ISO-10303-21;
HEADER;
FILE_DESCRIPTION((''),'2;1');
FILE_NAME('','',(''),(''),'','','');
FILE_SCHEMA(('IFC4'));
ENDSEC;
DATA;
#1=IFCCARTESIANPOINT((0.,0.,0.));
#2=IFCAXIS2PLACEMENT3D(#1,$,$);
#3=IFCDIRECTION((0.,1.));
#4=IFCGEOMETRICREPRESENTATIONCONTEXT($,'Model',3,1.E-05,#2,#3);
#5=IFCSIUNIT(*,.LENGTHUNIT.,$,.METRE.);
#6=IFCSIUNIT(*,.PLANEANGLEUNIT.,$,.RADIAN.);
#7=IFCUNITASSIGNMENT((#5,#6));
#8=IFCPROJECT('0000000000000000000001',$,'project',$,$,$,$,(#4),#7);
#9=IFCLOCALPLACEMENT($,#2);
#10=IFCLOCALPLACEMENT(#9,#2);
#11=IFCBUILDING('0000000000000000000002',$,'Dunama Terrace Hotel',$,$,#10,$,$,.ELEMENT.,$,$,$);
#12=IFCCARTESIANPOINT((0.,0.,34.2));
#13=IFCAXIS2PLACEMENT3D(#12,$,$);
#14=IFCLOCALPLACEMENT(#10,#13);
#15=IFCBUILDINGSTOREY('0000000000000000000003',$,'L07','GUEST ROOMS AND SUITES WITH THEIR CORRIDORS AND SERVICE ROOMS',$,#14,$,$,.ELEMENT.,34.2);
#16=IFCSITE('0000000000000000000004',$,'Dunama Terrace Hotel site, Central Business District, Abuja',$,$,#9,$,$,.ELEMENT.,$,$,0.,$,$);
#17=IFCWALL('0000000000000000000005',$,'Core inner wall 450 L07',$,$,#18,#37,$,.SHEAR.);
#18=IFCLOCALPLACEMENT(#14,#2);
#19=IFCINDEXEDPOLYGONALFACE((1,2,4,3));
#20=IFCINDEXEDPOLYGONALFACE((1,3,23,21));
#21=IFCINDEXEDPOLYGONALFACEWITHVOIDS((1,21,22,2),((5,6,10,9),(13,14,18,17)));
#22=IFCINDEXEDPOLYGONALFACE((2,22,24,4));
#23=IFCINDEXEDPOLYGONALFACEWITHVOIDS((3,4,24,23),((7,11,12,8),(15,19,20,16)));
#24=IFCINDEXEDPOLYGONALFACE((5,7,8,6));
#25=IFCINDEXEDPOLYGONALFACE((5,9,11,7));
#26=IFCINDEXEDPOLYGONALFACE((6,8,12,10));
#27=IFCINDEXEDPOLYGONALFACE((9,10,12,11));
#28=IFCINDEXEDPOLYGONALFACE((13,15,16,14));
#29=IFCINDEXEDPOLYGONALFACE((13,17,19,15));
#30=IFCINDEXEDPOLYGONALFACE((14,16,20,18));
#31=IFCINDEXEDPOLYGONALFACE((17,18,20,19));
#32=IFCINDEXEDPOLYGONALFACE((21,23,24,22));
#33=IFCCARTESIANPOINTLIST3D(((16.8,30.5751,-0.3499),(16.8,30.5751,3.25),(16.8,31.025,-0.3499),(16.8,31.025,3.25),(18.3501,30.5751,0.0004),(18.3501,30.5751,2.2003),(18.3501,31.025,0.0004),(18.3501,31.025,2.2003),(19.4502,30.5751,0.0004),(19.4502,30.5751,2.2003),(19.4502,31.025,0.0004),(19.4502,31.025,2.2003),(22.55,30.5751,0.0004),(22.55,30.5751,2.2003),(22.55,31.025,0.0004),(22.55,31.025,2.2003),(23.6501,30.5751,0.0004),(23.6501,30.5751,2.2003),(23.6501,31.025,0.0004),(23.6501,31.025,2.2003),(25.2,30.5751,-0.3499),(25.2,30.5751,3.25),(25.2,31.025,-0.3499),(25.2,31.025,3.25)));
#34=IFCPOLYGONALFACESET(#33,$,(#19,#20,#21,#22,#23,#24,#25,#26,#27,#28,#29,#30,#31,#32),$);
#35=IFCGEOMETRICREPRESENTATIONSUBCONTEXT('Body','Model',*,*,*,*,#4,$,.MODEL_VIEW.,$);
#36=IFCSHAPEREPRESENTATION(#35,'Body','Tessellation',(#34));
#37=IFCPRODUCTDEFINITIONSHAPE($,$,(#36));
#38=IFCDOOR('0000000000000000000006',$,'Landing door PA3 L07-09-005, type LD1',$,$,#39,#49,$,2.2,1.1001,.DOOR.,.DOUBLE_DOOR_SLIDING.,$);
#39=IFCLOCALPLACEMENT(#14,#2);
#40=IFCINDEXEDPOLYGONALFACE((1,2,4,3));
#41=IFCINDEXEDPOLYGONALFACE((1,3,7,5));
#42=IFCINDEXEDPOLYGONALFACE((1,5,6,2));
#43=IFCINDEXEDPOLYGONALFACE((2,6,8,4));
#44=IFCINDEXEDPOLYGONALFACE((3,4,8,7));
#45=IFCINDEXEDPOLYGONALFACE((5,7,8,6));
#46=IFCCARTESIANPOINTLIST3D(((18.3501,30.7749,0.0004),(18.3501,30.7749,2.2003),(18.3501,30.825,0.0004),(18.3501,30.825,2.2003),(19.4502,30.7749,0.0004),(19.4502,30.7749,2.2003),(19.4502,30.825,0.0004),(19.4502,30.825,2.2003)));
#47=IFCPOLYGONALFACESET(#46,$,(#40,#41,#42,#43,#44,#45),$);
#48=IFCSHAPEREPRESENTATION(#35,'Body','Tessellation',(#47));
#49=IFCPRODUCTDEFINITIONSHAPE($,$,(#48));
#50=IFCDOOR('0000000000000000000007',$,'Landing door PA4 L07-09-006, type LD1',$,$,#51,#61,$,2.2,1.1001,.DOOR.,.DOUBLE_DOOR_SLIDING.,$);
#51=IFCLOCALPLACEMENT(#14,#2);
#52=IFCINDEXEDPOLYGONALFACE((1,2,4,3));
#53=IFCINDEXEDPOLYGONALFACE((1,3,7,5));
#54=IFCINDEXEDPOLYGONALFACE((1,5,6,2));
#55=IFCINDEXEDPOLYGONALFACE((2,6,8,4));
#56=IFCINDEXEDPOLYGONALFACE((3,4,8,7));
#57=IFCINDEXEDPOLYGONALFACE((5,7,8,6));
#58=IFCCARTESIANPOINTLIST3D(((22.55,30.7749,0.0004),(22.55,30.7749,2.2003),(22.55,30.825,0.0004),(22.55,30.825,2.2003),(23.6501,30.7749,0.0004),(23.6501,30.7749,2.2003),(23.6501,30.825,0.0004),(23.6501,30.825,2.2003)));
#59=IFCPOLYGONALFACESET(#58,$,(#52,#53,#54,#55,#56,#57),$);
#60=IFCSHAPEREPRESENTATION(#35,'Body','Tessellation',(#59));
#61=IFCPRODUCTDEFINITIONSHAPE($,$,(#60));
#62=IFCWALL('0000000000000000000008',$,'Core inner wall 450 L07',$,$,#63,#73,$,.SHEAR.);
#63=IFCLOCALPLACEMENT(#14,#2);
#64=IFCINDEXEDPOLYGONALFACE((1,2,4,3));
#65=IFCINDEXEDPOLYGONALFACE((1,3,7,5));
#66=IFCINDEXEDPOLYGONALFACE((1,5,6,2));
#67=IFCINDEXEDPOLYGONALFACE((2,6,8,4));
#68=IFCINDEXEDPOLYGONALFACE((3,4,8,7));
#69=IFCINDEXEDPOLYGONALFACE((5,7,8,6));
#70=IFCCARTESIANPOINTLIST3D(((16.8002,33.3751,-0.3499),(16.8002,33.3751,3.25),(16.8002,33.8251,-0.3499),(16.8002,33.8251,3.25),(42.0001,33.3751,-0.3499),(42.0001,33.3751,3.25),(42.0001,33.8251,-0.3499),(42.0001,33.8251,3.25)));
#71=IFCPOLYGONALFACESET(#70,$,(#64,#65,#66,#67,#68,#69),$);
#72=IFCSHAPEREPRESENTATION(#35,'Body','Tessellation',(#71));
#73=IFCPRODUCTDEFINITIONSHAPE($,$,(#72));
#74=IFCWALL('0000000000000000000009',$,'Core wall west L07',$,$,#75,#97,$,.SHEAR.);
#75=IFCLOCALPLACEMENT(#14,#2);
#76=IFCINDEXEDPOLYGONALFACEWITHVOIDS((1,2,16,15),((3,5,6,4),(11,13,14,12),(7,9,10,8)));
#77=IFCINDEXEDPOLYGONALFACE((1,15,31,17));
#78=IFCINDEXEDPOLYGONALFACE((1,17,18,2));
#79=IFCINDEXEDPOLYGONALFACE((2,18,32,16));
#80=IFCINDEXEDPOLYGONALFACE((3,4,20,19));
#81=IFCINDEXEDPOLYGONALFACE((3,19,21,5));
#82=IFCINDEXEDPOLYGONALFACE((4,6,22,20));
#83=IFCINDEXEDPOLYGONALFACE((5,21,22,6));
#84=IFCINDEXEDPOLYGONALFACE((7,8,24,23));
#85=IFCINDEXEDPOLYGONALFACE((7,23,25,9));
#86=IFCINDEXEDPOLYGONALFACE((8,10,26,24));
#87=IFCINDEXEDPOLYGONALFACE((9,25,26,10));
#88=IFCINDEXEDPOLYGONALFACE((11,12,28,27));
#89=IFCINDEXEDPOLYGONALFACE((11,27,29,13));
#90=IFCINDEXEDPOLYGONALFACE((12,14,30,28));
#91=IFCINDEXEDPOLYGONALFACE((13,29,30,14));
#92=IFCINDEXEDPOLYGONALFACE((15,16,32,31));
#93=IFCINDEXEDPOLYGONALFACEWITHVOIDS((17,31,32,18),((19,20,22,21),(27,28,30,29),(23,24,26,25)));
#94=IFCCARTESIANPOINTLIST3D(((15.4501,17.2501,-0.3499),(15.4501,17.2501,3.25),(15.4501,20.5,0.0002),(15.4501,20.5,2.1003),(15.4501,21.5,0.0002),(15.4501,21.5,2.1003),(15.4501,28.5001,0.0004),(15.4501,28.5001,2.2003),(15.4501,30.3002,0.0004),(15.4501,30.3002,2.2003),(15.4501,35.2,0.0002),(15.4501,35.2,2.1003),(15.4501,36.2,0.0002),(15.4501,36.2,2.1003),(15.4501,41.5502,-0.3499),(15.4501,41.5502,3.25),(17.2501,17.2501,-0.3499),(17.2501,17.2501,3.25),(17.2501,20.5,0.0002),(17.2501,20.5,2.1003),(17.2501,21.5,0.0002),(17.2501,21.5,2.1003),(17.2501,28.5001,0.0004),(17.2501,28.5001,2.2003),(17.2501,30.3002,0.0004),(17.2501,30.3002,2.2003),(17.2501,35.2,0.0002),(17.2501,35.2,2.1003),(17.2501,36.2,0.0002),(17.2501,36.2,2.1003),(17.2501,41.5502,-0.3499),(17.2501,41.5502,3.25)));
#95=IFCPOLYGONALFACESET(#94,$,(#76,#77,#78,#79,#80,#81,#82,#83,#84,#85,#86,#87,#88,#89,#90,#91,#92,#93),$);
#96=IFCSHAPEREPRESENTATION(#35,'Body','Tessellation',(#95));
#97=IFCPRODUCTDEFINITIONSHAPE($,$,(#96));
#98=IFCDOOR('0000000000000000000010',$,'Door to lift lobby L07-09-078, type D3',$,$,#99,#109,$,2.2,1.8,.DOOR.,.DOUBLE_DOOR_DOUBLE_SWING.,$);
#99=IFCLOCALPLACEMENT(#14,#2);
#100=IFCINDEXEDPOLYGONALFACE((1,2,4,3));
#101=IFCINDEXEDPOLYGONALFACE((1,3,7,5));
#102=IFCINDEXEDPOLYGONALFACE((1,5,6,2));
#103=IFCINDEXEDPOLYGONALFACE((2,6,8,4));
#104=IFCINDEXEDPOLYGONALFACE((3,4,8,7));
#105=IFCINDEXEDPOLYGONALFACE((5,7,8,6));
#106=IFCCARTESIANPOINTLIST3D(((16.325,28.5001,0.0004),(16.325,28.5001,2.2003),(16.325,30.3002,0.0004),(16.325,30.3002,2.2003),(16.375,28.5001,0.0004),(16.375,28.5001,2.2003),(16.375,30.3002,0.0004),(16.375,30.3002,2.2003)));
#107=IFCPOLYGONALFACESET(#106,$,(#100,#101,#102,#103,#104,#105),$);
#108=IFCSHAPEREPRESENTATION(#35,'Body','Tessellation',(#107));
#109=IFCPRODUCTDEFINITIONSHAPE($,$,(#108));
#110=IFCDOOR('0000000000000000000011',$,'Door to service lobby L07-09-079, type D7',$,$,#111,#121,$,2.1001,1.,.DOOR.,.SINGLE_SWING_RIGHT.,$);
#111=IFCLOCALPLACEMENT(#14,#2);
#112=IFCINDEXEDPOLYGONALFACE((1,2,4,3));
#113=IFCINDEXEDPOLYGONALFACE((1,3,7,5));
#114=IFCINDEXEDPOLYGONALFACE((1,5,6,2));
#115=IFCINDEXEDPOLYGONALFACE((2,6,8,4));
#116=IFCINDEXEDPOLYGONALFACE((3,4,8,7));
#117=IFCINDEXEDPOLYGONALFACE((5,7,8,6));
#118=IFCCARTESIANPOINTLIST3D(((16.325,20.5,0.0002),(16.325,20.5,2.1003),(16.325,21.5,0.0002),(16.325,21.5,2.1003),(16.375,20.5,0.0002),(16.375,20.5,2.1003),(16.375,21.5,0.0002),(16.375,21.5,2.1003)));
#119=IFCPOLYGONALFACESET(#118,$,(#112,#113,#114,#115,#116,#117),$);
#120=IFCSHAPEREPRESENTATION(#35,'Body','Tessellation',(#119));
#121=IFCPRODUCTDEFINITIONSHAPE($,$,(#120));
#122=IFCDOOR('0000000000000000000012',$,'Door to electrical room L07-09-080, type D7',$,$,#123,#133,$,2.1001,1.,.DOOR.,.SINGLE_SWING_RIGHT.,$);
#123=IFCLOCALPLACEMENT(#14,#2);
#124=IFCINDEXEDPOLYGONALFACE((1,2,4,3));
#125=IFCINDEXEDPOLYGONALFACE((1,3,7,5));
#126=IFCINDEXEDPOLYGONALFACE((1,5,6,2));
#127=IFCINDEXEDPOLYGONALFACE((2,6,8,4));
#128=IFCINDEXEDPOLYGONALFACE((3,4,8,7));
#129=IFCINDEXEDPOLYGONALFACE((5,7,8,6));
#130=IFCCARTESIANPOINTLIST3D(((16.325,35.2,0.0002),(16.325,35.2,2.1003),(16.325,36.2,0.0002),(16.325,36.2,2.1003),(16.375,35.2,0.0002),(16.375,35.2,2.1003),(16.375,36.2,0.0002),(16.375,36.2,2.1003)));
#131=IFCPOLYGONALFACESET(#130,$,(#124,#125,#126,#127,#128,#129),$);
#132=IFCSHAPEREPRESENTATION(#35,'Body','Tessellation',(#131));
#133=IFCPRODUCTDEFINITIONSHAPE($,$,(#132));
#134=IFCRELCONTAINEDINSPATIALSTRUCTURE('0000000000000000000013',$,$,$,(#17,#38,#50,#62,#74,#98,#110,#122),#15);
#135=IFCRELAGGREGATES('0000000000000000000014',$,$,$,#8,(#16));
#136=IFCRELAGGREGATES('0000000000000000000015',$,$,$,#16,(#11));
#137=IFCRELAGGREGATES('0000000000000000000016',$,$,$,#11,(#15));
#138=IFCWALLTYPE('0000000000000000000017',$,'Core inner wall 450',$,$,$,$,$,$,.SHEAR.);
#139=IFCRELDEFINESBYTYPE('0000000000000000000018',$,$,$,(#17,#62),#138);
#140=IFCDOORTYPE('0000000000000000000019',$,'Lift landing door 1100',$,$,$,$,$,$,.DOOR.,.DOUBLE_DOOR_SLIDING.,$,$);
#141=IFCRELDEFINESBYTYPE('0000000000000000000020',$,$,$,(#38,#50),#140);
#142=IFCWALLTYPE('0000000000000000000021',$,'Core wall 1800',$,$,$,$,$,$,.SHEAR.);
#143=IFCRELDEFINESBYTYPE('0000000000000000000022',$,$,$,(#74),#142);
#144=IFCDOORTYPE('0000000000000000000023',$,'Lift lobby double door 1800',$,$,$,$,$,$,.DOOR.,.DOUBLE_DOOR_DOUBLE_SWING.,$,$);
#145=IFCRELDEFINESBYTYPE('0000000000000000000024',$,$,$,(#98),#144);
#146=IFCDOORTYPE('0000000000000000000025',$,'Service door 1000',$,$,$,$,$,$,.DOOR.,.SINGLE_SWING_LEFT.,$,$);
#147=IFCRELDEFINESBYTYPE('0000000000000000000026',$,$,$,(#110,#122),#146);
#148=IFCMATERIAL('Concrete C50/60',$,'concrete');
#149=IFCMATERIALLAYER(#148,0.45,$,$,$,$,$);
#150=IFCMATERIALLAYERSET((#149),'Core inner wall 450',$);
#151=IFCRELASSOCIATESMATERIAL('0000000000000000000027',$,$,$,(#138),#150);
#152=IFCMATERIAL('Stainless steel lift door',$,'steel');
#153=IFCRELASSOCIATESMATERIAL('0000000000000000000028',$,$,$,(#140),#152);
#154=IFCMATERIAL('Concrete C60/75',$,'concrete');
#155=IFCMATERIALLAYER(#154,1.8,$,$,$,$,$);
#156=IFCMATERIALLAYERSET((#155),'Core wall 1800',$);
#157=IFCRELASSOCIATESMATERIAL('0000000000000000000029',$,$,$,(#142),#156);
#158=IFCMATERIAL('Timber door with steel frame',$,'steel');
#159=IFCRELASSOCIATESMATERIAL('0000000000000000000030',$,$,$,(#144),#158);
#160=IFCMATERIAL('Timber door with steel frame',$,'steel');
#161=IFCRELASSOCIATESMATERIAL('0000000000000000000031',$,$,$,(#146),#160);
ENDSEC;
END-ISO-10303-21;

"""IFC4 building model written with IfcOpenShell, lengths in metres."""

from ifc_helpers import new_model, si_unit, direction, frame, frame_2d, origin, place, context, subcontext, project, spatial, rectangle, extrude, material, layer, layer_set, type_object, element, fill, save


model = new_model("IFC4")

# Units and contexts
model_context = context("Model", 3, precision=1e-05, world=origin(), true_north=direction((0.0, 1.0)))
body_context = subcontext(model_context, "Body", "Model", "MODEL_VIEW")
ifc_project = project(units=[si_unit("LENGTHUNIT", "METRE"), si_unit("PLANEANGLEUNIT", "RADIAN")], contexts=[model_context])

# Site, building, storey
site_placement = place(None, origin())
site = spatial("IfcSite", under=ifc_project, at=site_placement, Name="Dunama Terrace Hotel site, Central Business District, Abuja", CompositionType="ELEMENT", RefElevation=0.0)
building_placement = place(site_placement, origin())
building = spatial("IfcBuilding", under=site, at=building_placement, Name="Dunama Terrace Hotel", CompositionType="ELEMENT")
storey_placement = place(building_placement, frame((0.0, 0.0, 34.2)))
storey = spatial("IfcBuildingStorey", under=building, at=storey_placement, Name="L07", Description="GUEST ROOMS AND SUITES WITH THEIR CORRIDORS AND SERVICE ROOMS", CompositionType="ELEMENT", Elevation=34.2)

# Wall, openings, doors
ifc_material_1 = material(Name="Concrete C50/60", Category="concrete")
ifc_layer_1 = layer(ifc_material_1, 0.45)
ifc_layer_set_1 = layer_set([ifc_layer_1], Name="Core inner wall 450")
wall_type_1 = type_object("IfcWallType", Name="Core inner wall 450", PredefinedType="SHEAR", material=ifc_layer_set_1)
ifc_material_2 = material(Name="Stainless steel lift door", Category="steel")
door_type_1 = type_object("IfcDoorType", Name="Lift landing door 1100", OperationType="DOUBLE_DOOR_SLIDING", PredefinedType="DOOR", material=ifc_material_2)
wall_1_placement = place(storey_placement, frame((16.8, 30.8, -0.3499), z_axis=(0.0, 0.0, 1.0), x_axis=(1.0, 0.0, 0.0)))
wall_1 = element("IfcWall", 1, at=wall_1_placement, inside=storey, type_object=wall_type_1, Name="Core inner wall 450 L07", PredefinedType="SHEAR", context=body_context, shape_type="SweptSolid", body=[
    extrude(rectangle(XDim=8.3999, YDim=0.45, at=frame_2d((4.2, 0.0))), origin(), (0.0, 0.0, 1.0), 3.5999),
])
opening_1_placement = place(wall_1_placement, frame((1.55, 0.0, 0.3501)))
opening_1 = element("IfcOpeningElement", 2, at=opening_1_placement, cuts=wall_1, PredefinedType="OPENING", context=body_context, shape_type="SweptSolid", body=[
    extrude(rectangle(XDim=1.1001, YDim=2.2, at=frame_2d((0.55, 1.1001))), frame((0.0, 0.2349, 0.0), z_axis=(0.0, -1.0, 0.0), x_axis=(1.0, 0.0, 0.0)), (0.0, 0.0, 1.0), 0.47),
])
opening_2_placement = place(wall_1_placement, frame((5.75, 0.0, 0.3501)))
opening_2 = element("IfcOpeningElement", 3, at=opening_2_placement, cuts=wall_1, PredefinedType="OPENING", context=body_context, shape_type="SweptSolid", body=[
    extrude(rectangle(XDim=1.1001, YDim=2.2, at=frame_2d((0.55, 1.1001))), frame((0.0, 0.2349, 0.0), z_axis=(0.0, -1.0, 0.0), x_axis=(1.0, 0.0, 0.0)), (0.0, 0.0, 1.0), 0.47),
])
door_1_placement = place(opening_1_placement, origin())
door_1 = element("IfcDoor", 4, at=door_1_placement, inside=storey, type_object=door_type_1, Name="Landing door PA3 L07-09-005, type LD1", OperationType="DOUBLE_DOOR_SLIDING", OverallHeight=2.2, OverallWidth=1.1001, PredefinedType="DOOR", context=body_context, shape_type="SweptSolid", body=[
    extrude(rectangle(XDim=1.1001, YDim=2.2, at=frame_2d((0.55, 1.1001))), frame((0.0, 0.0249, 0.0), z_axis=(0.0, -1.0, 0.0), x_axis=(1.0, 0.0, 0.0)), (0.0, 0.0, 1.0), 0.05),
])
fill(opening_1, door_1)
door_2_placement = place(opening_2_placement, origin())
door_2 = element("IfcDoor", 5, at=door_2_placement, inside=storey, type_object=door_type_1, Name="Landing door PA4 L07-09-006, type LD1", OperationType="DOUBLE_DOOR_SLIDING", OverallHeight=2.2, OverallWidth=1.1001, PredefinedType="DOOR", context=body_context, shape_type="SweptSolid", body=[
    extrude(rectangle(XDim=1.1001, YDim=2.2, at=frame_2d((0.55, 1.1001))), frame((0.0, 0.0249, 0.0), z_axis=(0.0, -1.0, 0.0), x_axis=(1.0, 0.0, 0.0)), (0.0, 0.0, 1.0), 0.05),
])
fill(opening_2, door_2)

# Wall
wall_2_placement = place(storey_placement, frame((16.8, 33.6001, -0.3499), z_axis=(0.0, 0.0, 1.0), x_axis=(1.0, 0.0, 0.0)))
element("IfcWall", 6, at=wall_2_placement, inside=storey, type_object=wall_type_1, Name="Core inner wall 450 L07", PredefinedType="SHEAR", context=body_context, shape_type="SweptSolid", body=[
    extrude(rectangle(XDim=25.2, YDim=0.45, at=frame_2d((12.6001, 0.0))), origin(), (0.0, 0.0, 1.0), 3.5999),
])

# Wall, openings, doors
ifc_material_3 = material(Name="Concrete C60/75", Category="concrete")
ifc_layer_2 = layer(ifc_material_3, 1.8)
ifc_layer_set_2 = layer_set([ifc_layer_2], Name="Core wall 1800")
wall_type_2 = type_object("IfcWallType", Name="Core wall 1800", PredefinedType="SHEAR", material=ifc_layer_set_2)
wall_3_placement = place(storey_placement, frame((16.3501, 41.55, -0.3499), z_axis=(0.0, 0.0, 1.0), x_axis=(0.0, -1.0, 0.0)))
wall_3 = element("IfcWall", 7, at=wall_3_placement, inside=storey, type_object=wall_type_2, Name="Core wall west L07", PredefinedType="SHEAR", context=body_context, shape_type="SweptSolid", body=[
    extrude(rectangle(XDim=24.3, YDim=1.8, at=frame_2d((12.1499, 0.0))), origin(), (0.0, 0.0, 1.0), 3.5999),
])
opening_3_placement = place(wall_3_placement, frame((11.25, 0.0, 0.3501)))
opening_3 = element("IfcOpeningElement", 8, at=opening_3_placement, cuts=wall_3, PredefinedType="OPENING", context=body_context, shape_type="SweptSolid", body=[
    extrude(rectangle(XDim=1.8, YDim=2.2, at=frame_2d((0.8999, 1.1001))), frame((0.0, 0.9099, 0.0), z_axis=(0.0, -1.0, 0.0), x_axis=(1.0, 0.0, 0.0)), (0.0, 0.0, 1.0), 1.8201),
])
opening_4_placement = place(wall_3_placement, frame((20.05, 0.0, 0.3501)))
opening_4 = element("IfcOpeningElement", 9, at=opening_4_placement, cuts=wall_3, PredefinedType="OPENING", context=body_context, shape_type="SweptSolid", body=[
    extrude(rectangle(XDim=1.0, YDim=2.1001, at=frame_2d((0.5, 1.05))), frame((0.0, 0.9099, 0.0), z_axis=(0.0, -1.0, 0.0), x_axis=(1.0, 0.0, 0.0)), (0.0, 0.0, 1.0), 1.8201),
])
opening_5_placement = place(wall_3_placement, frame((5.3501, 0.0, 0.3501)))
opening_5 = element("IfcOpeningElement", 10, at=opening_5_placement, cuts=wall_3, PredefinedType="OPENING", context=body_context, shape_type="SweptSolid", body=[
    extrude(rectangle(XDim=1.0, YDim=2.1001, at=frame_2d((0.5, 1.05))), frame((0.0, 0.9099, 0.0), z_axis=(0.0, -1.0, 0.0), x_axis=(1.0, 0.0, 0.0)), (0.0, 0.0, 1.0), 1.8201),
])
ifc_material_4 = material(Name="Timber door with steel frame", Category="steel")
door_type_2 = type_object("IfcDoorType", Name="Lift lobby double door 1800", OperationType="DOUBLE_DOOR_DOUBLE_SWING", PredefinedType="DOOR", material=ifc_material_4)
door_3_placement = place(opening_3_placement, origin())
door_3 = element("IfcDoor", 11, at=door_3_placement, inside=storey, type_object=door_type_2, Name="Door to lift lobby L07-09-078, type D3", OperationType="DOUBLE_DOOR_DOUBLE_SWING", OverallHeight=2.2, OverallWidth=1.8, PredefinedType="DOOR", context=body_context, shape_type="SweptSolid", body=[
    extrude(rectangle(XDim=1.8, YDim=2.2, at=frame_2d((0.8999, 1.1001))), frame((0.0, 0.0249, 0.0), z_axis=(0.0, -1.0, 0.0), x_axis=(1.0, 0.0, 0.0)), (0.0, 0.0, 1.0), 0.05),
])
fill(opening_3, door_3)
ifc_material_5 = material(Name="Timber door with steel frame", Category="steel")
door_type_3 = type_object("IfcDoorType", Name="Service door 1000", OperationType="SINGLE_SWING_LEFT", PredefinedType="DOOR", material=ifc_material_5)
door_4_placement = place(opening_4_placement, origin())
door_4 = element("IfcDoor", 12, at=door_4_placement, inside=storey, type_object=door_type_3, Name="Door to service lobby L07-09-079, type D7", OperationType="SINGLE_SWING_RIGHT", OverallHeight=2.1001, OverallWidth=1.0, PredefinedType="DOOR", context=body_context, shape_type="SweptSolid", body=[
    extrude(rectangle(XDim=1.0, YDim=2.1001, at=frame_2d((0.5, 1.05))), frame((0.0, 0.0249, 0.0), z_axis=(0.0, -1.0, 0.0), x_axis=(1.0, 0.0, 0.0)), (0.0, 0.0, 1.0), 0.05),
])
fill(opening_4, door_4)
door_5_placement = place(opening_5_placement, origin())
door_5 = element("IfcDoor", 13, at=door_5_placement, inside=storey, type_object=door_type_3, Name="Door to electrical room L07-09-080, type D7", OperationType="SINGLE_SWING_RIGHT", OverallHeight=2.1001, OverallWidth=1.0, PredefinedType="DOOR", context=body_context, shape_type="SweptSolid", body=[
    extrude(rectangle(XDim=1.0, YDim=2.1001, at=frame_2d((0.5, 1.05))), frame((0.0, 0.0249, 0.0), z_axis=(0.0, -1.0, 0.0), x_axis=(1.0, 0.0, 0.0)), (0.0, 0.0, 1.0), 0.05),
])
fill(opening_5, door_5)

save(model, "model.ifc")
